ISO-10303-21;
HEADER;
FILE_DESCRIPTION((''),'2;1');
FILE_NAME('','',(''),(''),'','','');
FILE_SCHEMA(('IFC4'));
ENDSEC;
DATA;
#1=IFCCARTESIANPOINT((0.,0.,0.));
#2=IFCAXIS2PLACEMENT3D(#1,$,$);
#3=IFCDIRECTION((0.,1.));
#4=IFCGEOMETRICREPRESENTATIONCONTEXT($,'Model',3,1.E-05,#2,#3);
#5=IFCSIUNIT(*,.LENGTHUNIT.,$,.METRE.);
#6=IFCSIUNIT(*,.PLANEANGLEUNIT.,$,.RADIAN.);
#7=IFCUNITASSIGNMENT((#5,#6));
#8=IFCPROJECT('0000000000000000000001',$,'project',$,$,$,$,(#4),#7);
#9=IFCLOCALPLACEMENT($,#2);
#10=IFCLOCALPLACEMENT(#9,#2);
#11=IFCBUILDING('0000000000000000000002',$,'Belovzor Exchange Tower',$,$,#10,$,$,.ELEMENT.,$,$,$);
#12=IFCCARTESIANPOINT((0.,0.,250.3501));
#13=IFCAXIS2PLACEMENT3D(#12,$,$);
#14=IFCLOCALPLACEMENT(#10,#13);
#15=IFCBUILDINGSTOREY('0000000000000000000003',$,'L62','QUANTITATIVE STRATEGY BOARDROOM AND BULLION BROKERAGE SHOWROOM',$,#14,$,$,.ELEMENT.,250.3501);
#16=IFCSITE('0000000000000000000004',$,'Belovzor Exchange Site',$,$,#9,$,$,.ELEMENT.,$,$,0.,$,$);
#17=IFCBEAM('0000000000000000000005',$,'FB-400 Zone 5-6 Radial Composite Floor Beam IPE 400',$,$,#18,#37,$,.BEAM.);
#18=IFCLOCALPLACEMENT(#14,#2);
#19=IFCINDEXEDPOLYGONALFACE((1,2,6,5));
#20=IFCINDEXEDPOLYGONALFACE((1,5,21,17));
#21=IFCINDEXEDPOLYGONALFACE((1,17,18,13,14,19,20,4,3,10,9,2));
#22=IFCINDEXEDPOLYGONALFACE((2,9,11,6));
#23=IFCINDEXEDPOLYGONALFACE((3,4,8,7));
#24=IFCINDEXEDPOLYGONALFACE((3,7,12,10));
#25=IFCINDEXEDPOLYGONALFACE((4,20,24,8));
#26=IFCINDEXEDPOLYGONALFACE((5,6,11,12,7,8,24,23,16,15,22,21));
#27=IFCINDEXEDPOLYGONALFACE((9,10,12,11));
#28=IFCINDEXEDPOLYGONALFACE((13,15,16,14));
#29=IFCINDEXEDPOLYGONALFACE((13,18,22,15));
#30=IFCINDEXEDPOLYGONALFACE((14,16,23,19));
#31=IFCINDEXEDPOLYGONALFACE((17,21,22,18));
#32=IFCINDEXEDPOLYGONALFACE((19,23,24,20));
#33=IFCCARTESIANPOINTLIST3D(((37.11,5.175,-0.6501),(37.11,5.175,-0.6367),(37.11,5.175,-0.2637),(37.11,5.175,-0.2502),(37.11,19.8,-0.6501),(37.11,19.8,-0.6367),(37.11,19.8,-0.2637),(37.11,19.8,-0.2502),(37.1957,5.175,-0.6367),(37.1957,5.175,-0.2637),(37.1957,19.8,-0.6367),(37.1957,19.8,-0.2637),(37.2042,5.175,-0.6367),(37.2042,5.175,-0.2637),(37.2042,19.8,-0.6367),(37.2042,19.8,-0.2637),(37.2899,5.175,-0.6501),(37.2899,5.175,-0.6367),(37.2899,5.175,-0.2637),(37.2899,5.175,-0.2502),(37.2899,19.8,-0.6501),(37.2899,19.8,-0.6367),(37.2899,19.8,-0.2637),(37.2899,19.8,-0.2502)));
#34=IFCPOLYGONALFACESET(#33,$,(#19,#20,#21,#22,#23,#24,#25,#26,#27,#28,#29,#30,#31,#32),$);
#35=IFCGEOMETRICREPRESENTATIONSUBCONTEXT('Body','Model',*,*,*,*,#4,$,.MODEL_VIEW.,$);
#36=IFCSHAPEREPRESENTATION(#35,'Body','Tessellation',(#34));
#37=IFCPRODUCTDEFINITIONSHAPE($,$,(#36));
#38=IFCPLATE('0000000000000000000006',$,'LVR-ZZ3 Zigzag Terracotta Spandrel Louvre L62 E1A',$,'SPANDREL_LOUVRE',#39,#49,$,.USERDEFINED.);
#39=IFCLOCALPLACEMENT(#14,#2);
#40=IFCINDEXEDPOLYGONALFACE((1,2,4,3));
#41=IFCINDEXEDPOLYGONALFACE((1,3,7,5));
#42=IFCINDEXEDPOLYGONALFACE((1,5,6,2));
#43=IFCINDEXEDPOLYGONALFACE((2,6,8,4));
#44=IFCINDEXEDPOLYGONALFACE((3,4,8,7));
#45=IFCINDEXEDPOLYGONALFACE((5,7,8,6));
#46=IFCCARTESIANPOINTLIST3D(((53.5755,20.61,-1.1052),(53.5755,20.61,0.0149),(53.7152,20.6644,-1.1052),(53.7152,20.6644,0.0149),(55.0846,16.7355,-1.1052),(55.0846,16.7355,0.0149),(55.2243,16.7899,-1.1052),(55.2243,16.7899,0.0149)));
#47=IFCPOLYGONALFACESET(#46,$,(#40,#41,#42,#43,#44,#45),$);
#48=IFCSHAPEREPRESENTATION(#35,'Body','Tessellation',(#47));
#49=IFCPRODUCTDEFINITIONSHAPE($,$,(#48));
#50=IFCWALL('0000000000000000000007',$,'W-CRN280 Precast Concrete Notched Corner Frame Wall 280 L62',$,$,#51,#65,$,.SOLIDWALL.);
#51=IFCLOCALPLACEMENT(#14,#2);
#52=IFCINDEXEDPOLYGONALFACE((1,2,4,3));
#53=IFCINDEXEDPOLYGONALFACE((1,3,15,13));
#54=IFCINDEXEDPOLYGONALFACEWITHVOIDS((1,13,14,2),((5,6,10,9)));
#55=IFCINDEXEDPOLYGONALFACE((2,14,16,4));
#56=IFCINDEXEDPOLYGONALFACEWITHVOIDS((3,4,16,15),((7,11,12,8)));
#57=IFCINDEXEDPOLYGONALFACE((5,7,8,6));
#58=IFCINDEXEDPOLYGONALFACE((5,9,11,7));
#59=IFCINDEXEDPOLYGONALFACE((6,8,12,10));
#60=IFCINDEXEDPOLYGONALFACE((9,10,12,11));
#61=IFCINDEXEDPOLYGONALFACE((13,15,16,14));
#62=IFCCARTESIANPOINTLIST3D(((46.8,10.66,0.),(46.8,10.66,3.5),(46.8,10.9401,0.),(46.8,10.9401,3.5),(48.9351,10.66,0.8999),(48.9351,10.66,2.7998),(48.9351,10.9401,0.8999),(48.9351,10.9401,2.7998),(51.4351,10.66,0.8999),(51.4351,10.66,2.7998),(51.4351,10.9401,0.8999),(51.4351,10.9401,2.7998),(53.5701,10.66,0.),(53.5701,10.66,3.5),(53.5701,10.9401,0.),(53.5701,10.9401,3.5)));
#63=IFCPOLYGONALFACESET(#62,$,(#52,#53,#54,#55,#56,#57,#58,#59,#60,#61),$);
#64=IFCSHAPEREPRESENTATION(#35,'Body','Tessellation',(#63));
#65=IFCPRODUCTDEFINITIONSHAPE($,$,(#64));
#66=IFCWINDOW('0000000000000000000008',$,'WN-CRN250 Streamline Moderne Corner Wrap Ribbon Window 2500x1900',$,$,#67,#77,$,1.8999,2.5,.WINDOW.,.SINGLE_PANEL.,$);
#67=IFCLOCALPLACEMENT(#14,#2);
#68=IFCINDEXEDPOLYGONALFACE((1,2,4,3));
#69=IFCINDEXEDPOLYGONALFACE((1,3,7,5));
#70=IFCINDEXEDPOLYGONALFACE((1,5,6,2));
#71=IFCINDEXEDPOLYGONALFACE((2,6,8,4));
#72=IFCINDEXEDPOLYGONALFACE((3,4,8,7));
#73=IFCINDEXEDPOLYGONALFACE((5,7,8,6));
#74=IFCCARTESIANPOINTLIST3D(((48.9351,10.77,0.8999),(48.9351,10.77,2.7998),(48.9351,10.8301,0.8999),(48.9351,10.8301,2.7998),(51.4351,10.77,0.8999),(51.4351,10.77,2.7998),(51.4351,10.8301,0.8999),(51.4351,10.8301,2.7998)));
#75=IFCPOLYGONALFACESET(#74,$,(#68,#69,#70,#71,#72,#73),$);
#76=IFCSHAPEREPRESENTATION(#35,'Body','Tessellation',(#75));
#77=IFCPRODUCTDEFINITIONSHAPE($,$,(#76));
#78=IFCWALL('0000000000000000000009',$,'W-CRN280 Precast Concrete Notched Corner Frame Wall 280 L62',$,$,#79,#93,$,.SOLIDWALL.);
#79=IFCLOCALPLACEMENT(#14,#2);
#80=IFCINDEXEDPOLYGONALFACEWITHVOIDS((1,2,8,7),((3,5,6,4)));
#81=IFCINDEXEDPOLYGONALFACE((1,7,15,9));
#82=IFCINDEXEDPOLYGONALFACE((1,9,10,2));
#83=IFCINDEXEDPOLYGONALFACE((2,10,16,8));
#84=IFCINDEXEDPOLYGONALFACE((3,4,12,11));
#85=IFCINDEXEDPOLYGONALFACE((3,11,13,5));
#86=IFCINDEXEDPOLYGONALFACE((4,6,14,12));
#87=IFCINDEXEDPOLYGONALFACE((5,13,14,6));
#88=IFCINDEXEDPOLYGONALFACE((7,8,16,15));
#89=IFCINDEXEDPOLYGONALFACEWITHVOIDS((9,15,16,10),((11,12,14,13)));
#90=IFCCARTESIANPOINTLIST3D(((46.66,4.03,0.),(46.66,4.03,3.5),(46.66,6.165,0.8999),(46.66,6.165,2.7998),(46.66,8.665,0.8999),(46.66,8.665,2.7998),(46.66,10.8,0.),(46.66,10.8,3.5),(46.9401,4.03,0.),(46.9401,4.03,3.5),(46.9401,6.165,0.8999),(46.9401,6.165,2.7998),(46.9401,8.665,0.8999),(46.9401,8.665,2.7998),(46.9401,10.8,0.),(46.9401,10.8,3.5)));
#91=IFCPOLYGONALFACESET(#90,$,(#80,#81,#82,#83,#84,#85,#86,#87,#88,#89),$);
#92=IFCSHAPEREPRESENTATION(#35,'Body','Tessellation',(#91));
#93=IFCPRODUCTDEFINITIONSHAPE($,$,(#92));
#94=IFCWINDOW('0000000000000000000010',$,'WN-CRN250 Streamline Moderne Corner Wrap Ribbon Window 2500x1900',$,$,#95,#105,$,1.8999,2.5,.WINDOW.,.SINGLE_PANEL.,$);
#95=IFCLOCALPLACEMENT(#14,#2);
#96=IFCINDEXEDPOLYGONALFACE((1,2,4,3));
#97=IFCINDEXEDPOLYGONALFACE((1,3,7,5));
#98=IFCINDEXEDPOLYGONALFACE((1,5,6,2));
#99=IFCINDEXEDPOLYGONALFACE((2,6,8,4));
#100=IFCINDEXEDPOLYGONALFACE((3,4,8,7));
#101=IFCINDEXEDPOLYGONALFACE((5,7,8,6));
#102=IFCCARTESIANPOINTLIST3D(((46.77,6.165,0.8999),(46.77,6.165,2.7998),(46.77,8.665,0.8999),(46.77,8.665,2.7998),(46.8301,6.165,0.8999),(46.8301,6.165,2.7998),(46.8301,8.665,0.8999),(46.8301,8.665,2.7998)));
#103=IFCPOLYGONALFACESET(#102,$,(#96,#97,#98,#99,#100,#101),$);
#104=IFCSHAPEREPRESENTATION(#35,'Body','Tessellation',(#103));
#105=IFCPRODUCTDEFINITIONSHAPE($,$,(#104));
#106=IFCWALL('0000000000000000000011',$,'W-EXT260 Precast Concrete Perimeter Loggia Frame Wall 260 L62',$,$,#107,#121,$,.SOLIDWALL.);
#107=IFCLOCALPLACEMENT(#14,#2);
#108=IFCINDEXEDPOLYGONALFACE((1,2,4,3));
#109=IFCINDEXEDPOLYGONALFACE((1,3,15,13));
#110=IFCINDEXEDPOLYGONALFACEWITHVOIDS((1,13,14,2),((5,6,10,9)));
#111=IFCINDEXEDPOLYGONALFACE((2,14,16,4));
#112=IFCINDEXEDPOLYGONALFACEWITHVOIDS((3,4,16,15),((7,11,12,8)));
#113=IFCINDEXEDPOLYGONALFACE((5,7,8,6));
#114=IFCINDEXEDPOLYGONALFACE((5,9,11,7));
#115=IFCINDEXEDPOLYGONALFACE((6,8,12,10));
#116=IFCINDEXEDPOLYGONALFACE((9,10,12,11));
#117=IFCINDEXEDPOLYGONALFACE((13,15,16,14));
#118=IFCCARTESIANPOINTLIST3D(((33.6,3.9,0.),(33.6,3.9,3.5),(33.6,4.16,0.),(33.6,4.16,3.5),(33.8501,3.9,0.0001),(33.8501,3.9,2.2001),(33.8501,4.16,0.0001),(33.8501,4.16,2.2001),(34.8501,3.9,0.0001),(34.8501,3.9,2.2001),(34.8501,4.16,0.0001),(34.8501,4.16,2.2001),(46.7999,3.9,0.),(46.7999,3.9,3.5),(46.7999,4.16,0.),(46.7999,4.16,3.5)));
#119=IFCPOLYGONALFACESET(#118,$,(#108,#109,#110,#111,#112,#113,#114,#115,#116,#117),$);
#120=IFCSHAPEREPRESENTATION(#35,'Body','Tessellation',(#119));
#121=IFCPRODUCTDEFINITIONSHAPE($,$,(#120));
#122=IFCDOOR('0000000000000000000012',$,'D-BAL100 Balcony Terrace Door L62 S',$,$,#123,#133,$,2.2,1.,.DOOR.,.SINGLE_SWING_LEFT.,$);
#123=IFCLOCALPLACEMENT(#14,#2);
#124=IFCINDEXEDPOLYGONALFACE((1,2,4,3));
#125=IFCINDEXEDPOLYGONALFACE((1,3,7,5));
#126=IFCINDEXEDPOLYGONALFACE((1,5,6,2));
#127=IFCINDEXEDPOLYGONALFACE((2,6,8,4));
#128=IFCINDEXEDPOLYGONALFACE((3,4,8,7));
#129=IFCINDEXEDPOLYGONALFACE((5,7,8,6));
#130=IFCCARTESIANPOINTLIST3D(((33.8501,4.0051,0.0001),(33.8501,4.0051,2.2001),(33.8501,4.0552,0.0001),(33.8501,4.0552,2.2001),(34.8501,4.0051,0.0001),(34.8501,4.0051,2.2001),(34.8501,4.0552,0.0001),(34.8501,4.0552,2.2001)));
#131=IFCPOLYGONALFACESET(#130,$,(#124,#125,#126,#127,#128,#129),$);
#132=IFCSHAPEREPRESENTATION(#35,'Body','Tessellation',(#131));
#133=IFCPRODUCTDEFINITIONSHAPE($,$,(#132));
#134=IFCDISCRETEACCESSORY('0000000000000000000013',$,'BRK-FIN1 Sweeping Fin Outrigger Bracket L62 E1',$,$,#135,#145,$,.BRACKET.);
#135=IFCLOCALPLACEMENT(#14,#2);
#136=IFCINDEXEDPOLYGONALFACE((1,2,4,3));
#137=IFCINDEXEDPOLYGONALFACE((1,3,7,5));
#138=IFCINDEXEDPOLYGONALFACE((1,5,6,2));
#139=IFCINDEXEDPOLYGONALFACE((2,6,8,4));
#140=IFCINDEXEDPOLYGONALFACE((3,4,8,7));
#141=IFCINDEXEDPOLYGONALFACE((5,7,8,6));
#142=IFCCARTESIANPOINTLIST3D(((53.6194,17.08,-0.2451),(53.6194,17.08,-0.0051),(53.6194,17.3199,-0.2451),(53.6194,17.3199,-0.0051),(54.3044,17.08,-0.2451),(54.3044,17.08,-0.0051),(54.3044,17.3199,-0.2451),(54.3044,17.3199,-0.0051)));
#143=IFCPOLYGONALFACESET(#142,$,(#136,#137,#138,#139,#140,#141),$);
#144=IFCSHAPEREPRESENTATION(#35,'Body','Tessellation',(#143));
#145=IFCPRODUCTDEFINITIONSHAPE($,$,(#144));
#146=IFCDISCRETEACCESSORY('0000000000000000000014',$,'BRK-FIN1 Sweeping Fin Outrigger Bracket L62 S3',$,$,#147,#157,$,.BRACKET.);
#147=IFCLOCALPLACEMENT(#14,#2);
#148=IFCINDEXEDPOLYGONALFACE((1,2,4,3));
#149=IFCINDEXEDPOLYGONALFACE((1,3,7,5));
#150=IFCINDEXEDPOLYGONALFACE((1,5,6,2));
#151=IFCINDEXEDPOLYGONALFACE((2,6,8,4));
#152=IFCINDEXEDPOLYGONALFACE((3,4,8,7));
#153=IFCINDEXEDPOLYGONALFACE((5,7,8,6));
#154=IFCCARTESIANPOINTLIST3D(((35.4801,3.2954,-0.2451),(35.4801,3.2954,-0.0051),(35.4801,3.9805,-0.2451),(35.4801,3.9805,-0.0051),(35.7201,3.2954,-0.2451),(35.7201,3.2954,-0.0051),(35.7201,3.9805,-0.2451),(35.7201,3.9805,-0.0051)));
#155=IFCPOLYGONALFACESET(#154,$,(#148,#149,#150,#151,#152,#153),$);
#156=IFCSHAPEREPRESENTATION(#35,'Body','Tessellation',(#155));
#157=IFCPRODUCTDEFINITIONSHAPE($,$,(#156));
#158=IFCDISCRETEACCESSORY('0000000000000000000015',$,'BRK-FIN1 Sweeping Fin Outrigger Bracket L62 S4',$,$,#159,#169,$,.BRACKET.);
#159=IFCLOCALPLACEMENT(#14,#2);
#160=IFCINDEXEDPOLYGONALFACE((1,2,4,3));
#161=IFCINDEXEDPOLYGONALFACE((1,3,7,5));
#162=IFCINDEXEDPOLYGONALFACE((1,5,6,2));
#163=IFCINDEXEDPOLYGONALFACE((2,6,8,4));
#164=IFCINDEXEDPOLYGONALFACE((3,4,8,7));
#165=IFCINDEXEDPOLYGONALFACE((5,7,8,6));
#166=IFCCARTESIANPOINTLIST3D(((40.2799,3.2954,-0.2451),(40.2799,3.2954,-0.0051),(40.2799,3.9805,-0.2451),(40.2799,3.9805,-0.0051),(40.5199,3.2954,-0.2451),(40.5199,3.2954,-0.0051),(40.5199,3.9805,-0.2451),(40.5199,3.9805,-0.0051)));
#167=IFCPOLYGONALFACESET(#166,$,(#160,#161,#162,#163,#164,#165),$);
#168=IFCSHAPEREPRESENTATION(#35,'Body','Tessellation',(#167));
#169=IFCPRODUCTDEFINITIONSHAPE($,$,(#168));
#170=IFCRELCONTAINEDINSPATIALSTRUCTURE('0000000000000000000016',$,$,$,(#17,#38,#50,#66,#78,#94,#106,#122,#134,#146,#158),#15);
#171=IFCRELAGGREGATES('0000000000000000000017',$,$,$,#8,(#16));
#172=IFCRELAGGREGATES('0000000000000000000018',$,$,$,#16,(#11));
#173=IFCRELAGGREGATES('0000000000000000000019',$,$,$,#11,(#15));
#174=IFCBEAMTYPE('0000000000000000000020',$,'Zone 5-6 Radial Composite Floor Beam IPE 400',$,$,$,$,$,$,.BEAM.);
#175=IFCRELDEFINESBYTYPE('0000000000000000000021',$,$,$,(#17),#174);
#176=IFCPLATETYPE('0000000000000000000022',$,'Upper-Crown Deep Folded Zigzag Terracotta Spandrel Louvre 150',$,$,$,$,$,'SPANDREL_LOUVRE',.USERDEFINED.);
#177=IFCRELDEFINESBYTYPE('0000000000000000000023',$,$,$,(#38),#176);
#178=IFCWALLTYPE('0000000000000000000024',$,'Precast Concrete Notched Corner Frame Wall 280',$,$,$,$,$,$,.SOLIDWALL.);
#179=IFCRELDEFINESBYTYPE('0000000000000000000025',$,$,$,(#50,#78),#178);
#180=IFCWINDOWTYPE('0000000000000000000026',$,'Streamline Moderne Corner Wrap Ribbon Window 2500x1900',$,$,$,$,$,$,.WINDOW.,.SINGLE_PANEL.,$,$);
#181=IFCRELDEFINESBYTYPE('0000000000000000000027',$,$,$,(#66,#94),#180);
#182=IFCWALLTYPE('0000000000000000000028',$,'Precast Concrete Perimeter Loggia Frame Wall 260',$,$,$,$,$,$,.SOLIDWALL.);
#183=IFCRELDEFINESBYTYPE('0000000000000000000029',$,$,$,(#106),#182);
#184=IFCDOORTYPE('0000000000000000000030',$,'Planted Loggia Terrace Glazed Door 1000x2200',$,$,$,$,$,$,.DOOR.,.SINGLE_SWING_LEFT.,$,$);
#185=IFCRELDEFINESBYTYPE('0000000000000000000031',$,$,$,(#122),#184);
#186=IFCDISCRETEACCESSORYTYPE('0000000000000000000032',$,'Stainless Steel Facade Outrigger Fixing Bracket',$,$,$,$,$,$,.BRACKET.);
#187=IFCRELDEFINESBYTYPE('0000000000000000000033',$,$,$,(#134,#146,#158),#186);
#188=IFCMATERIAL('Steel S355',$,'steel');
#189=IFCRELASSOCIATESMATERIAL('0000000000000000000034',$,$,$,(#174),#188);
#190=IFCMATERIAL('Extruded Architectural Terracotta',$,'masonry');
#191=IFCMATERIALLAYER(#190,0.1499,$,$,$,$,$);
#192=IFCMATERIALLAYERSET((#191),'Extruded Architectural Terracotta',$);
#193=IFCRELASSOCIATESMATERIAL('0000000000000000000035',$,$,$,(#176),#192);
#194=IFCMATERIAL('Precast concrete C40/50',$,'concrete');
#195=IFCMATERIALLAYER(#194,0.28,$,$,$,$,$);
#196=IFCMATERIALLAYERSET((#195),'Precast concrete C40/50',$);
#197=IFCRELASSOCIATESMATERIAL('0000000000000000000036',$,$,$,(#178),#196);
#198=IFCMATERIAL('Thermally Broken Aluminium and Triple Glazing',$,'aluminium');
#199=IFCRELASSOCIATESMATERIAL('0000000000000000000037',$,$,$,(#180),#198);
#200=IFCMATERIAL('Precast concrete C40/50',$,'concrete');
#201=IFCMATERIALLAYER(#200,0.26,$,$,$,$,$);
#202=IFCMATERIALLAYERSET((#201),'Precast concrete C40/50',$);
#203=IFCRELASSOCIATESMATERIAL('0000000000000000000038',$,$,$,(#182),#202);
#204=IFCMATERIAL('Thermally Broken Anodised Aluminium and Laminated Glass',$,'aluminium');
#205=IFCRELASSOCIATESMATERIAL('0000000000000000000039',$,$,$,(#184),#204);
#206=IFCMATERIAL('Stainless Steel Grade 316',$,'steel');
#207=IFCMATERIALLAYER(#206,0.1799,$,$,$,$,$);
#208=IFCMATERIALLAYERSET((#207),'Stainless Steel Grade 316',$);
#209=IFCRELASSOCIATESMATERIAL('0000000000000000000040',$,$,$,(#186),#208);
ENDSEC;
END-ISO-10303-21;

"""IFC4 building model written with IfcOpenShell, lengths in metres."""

from ifc_helpers import new_model, si_unit, direction, frame, frame_2d, origin, origin_2d, place, context, subcontext, project, spatial, rectangle, i_section, extrude, material, layer, layer_set, material_profile, profile_set, type_object, element, fill, save


model = new_model("IFC4")

# Units and contexts
model_context = context("Model", 3, precision=1e-05, world=origin(), true_north=direction((0.0, 1.0)))
body_context = subcontext(model_context, "Body", "Model", "MODEL_VIEW")
ifc_project = project(units=[si_unit("LENGTHUNIT", "METRE"), si_unit("PLANEANGLEUNIT", "RADIAN")], contexts=[model_context])

# Site, building, storey
site_placement = place(None, origin())
site = spatial("IfcSite", under=ifc_project, at=site_placement, Name="Belovzor Exchange Site", CompositionType="ELEMENT", RefElevation=0.0)
building_placement = place(site_placement, origin())
building = spatial("IfcBuilding", under=site, at=building_placement, Name="Belovzor Exchange Tower", CompositionType="ELEMENT")
storey_placement = place(building_placement, frame((0.0, 0.0, 250.3501)))
storey = spatial("IfcBuildingStorey", under=building, at=storey_placement, Name="L62", Description="QUANTITATIVE STRATEGY BOARDROOM AND BULLION BROKERAGE SHOWROOM", CompositionType="ELEMENT", Elevation=250.3501)

# Beam
ifc_material_1 = material(Name="Steel S355", Category="steel")
ifc_material_profile_1 = material_profile(ifc_material_1, i_section(OverallWidth=0.1799, OverallDepth=0.3999, WebThickness=0.0085, FlangeThickness=0.0134, at=origin_2d()))
ifc_profile_set_1 = profile_set([ifc_material_profile_1], Name="Steel S355")
beam_type_1 = type_object("IfcBeamType", Name="Zone 5-6 Radial Composite Floor Beam IPE 400", PredefinedType="BEAM", material=ifc_profile_set_1)
beam_1_placement = place(storey_placement, frame((37.2, 19.8, -0.4502), z_axis=(0.0, -1.0, 0.0), x_axis=(1.0, 0.0, 0.0)))
element("IfcBeam", 1, at=beam_1_placement, inside=storey, type_object=beam_type_1, Name="FB-400 Zone 5-6 Radial Composite Floor Beam IPE 400", PredefinedType="BEAM", context=body_context, shape_type="SweptSolid", body=[
    extrude(i_section(OverallWidth=0.1799, OverallDepth=0.3999, WebThickness=0.0085, FlangeThickness=0.0134, at=origin_2d()), origin(), (0.0, 0.0, 1.0), 14.625),
])

# Plate
ifc_material_2 = material(Name="Extruded Architectural Terracotta", Category="masonry")
ifc_layer_1 = layer(ifc_material_2, 0.1499)
ifc_layer_set_1 = layer_set([ifc_layer_1], Name="Extruded Architectural Terracotta")
plate_type = type_object("IfcPlateType", Name="Upper-Crown Deep Folded Zigzag Terracotta Spandrel Louvre 150", ElementType="SPANDREL_LOUVRE", PredefinedType="USERDEFINED", material=ifc_layer_set_1)
plate_placement = place(storey_placement, frame((54.3999, 18.7, -1.1052), z_axis=(0.0, 0.0, 1.0), x_axis=(-0.362926, 0.931818, 0.0)))
element("IfcPlate", 2, at=plate_placement, inside=storey, type_object=plate_type, Name="LVR-ZZ3 Zigzag Terracotta Spandrel Louvre L62 E1A", ObjectType="SPANDREL_LOUVRE", PredefinedType="USERDEFINED", context=body_context, shape_type="SweptSolid", body=[
    extrude(rectangle(XDim=4.158, YDim=0.1499, at=origin_2d()), origin(), (0.0, 0.0, 1.0), 1.1201),
])

# Walls, openings, windows
ifc_material_3 = material(Name="Precast concrete C40/50", Category="concrete")
ifc_layer_2 = layer(ifc_material_3, 0.28)
ifc_layer_set_2 = layer_set([ifc_layer_2], Name="Precast concrete C40/50")
wall_type_1 = type_object("IfcWallType", Name="Precast Concrete Notched Corner Frame Wall 280", PredefinedType="SOLIDWALL", material=ifc_layer_set_2)
wall_1_placement = place(storey_placement, frame((53.5701, 10.8, 0.0), z_axis=(0.0, 0.0, 1.0), x_axis=(-1.0, 0.0, 0.0)))
wall_1 = element("IfcWall", 3, at=wall_1_placement, inside=storey, type_object=wall_type_1, Name="W-CRN280 Precast Concrete Notched Corner Frame Wall 280 L62", PredefinedType="SOLIDWALL", context=body_context, shape_type="SweptSolid", body=[
    extrude(rectangle(XDim=6.77, YDim=0.28, at=frame_2d((3.385, 0.0))), origin(), (0.0, 0.0, 1.0), 3.5),
])
opening_1_placement = place(wall_1_placement, frame((2.135, 0.0, 0.8999)))
opening_1 = element("IfcOpeningElement", 4, at=opening_1_placement, cuts=wall_1, PredefinedType="OPENING", context=body_context, shape_type="SweptSolid", body=[
    extrude(rectangle(XDim=2.5, YDim=1.8999, at=frame_2d((1.25, 0.95))), frame((0.0, 0.1499, 0.0), z_axis=(0.0, -1.0, 0.0), x_axis=(1.0, 0.0, 0.0)), (0.0, 0.0, 1.0), 0.3),
])
ifc_material_4 = material(Name="Thermally Broken Aluminium and Triple Glazing", Category="aluminium")
window_type = type_object("IfcWindowType", Name="Streamline Moderne Corner Wrap Ribbon Window 2500x1900", PartitioningType="SINGLE_PANEL", PredefinedType="WINDOW", material=ifc_material_4)
window_1_placement = place(opening_1_placement, origin())
window_1 = element("IfcWindow", 5, at=window_1_placement, inside=storey, type_object=window_type, Name="WN-CRN250 Streamline Moderne Corner Wrap Ribbon Window 2500x1900", OverallHeight=1.8999, OverallWidth=2.5, PartitioningType="SINGLE_PANEL", PredefinedType="WINDOW", context=body_context, shape_type="SweptSolid", body=[
    extrude(rectangle(XDim=2.5, YDim=1.8999, at=frame_2d((1.25, 0.95))), frame((0.0, 0.03, 0.0), z_axis=(0.0, -1.0, 0.0), x_axis=(1.0, 0.0, 0.0)), (0.0, 0.0, 1.0), 0.0601),
])
fill(opening_1, window_1)
wall_2_placement = place(storey_placement, frame((46.8, 10.8, 0.0), z_axis=(0.0, 0.0, 1.0), x_axis=(0.0, -1.0, 0.0)))
wall_2 = element("IfcWall", 6, at=wall_2_placement, inside=storey, type_object=wall_type_1, Name="W-CRN280 Precast Concrete Notched Corner Frame Wall 280 L62", PredefinedType="SOLIDWALL", context=body_context, shape_type="SweptSolid", body=[
    extrude(rectangle(XDim=6.77, YDim=0.28, at=frame_2d((3.385, 0.0))), origin(), (0.0, 0.0, 1.0), 3.5),
])
opening_2_placement = place(wall_2_placement, frame((2.135, 0.0, 0.8999)))
opening_2 = element("IfcOpeningElement", 7, at=opening_2_placement, cuts=wall_2, PredefinedType="OPENING", context=body_context, shape_type="SweptSolid", body=[
    extrude(rectangle(XDim=2.5, YDim=1.8999, at=frame_2d((1.25, 0.95))), frame((0.0, 0.1499, 0.0), z_axis=(0.0, -1.0, 0.0), x_axis=(1.0, 0.0, 0.0)), (0.0, 0.0, 1.0), 0.3),
])
window_2_placement = place(opening_2_placement, origin())
window_2 = element("IfcWindow", 8, at=window_2_placement, inside=storey, type_object=window_type, Name="WN-CRN250 Streamline Moderne Corner Wrap Ribbon Window 2500x1900", OverallHeight=1.8999, OverallWidth=2.5, PartitioningType="SINGLE_PANEL", PredefinedType="WINDOW", context=body_context, shape_type="SweptSolid", body=[
    extrude(rectangle(XDim=2.5, YDim=1.8999, at=frame_2d((1.25, 0.95))), frame((0.0, 0.03, 0.0), z_axis=(0.0, -1.0, 0.0), x_axis=(1.0, 0.0, 0.0)), (0.0, 0.0, 1.0), 0.0601),
])
fill(opening_2, window_2)

# Wall, opening, door
ifc_material_5 = material(Name="Precast concrete C40/50", Category="concrete")
ifc_layer_3 = layer(ifc_material_5, 0.26)
ifc_layer_set_3 = layer_set([ifc_layer_3], Name="Precast concrete C40/50")
wall_type_2 = type_object("IfcWallType", Name="Precast Concrete Perimeter Loggia Frame Wall 260", PredefinedType="SOLIDWALL", material=ifc_layer_set_3)
wall_3_placement = place(storey_placement, frame((46.8, 4.03, 0.0), z_axis=(0.0, 0.0, 1.0), x_axis=(-1.0, 0.0, 0.0)))
wall_3 = element("IfcWall", 9, at=wall_3_placement, inside=storey, type_object=wall_type_2, Name="W-EXT260 Precast Concrete Perimeter Loggia Frame Wall 260 L62", PredefinedType="SOLIDWALL", context=body_context, shape_type="SweptSolid", body=[
    extrude(rectangle(XDim=13.2, YDim=0.26, at=frame_2d((6.6001, 0.0))), origin(), (0.0, 0.0, 1.0), 3.5),
])
opening_3_placement = place(wall_3_placement, frame((11.95, 0.0, 0.0)))
opening_3 = element("IfcOpeningElement", 10, at=opening_3_placement, cuts=wall_3, PredefinedType="OPENING", context=body_context, shape_type="SweptSolid", body=[
    extrude(rectangle(XDim=1.0, YDim=2.2, at=frame_2d((0.5, 1.1001))), frame((0.0, 0.1399, 0.0), z_axis=(0.0, -1.0, 0.0), x_axis=(1.0, 0.0, 0.0)), (0.0, 0.0, 1.0), 0.28),
])
ifc_material_6 = material(Name="Thermally Broken Anodised Aluminium and Laminated Glass", Category="aluminium")
door_type = type_object("IfcDoorType", Name="Planted Loggia Terrace Glazed Door 1000x2200", OperationType="SINGLE_SWING_LEFT", PredefinedType="DOOR", material=ifc_material_6)
door_placement = place(opening_3_placement, origin())
door = element("IfcDoor", 11, at=door_placement, inside=storey, type_object=door_type, Name="D-BAL100 Balcony Terrace Door L62 S", OperationType="SINGLE_SWING_LEFT", OverallHeight=2.2, OverallWidth=1.0, PredefinedType="DOOR", context=body_context, shape_type="SweptSolid", body=[
    extrude(rectangle(XDim=1.0, YDim=2.2, at=frame_2d((0.5, 1.1001))), frame((0.0, 0.0249, 0.0), z_axis=(0.0, -1.0, 0.0), x_axis=(1.0, 0.0, 0.0)), (0.0, 0.0, 1.0), 0.05),
])
fill(opening_3, door)

# Discrete accessories
ifc_material_7 = material(Name="Stainless Steel Grade 316", Category="steel")
ifc_layer_4 = layer(ifc_material_7, 0.1799)
ifc_layer_set_4 = layer_set([ifc_layer_4], Name="Stainless Steel Grade 316")
discrete_accessory_type = type_object("IfcDiscreteAccessoryType", Name="Stainless Steel Facade Outrigger Fixing Bracket", PredefinedType="BRACKET", material=ifc_layer_set_4)
for number, where, z_axis, x_axis, name in (
    (12, (53.9619, 17.2, -0.2451), (0.0, 0.0, 1.0), (1.0, 0.0, 0.0), "BRK-FIN1 Sweeping Fin Outrigger Bracket L62 E1"),
    (13, (35.6001, 3.6379, -0.2451), (0.0, 0.0, 1.0), (0.0, 1.0, 0.0), "BRK-FIN1 Sweeping Fin Outrigger Bracket L62 S3"),
    (14, (40.3999, 3.6379, -0.2451), (0.0, 0.0, 1.0), (0.0, 1.0, 0.0), "BRK-FIN1 Sweeping Fin Outrigger Bracket L62 S4"),
):
    element("IfcDiscreteAccessory", number, at=place(storey_placement, frame(where, z_axis=z_axis, x_axis=x_axis)), inside=storey, type_object=discrete_accessory_type, Name=name, PredefinedType="BRACKET", context=body_context, shape_type="SweptSolid", body=[
        extrude(rectangle(XDim=0.6851, YDim=0.24, at=origin_2d()), origin(), (0.0, 0.0, 1.0), 0.24),
    ])

save(model, "model.ifc")
